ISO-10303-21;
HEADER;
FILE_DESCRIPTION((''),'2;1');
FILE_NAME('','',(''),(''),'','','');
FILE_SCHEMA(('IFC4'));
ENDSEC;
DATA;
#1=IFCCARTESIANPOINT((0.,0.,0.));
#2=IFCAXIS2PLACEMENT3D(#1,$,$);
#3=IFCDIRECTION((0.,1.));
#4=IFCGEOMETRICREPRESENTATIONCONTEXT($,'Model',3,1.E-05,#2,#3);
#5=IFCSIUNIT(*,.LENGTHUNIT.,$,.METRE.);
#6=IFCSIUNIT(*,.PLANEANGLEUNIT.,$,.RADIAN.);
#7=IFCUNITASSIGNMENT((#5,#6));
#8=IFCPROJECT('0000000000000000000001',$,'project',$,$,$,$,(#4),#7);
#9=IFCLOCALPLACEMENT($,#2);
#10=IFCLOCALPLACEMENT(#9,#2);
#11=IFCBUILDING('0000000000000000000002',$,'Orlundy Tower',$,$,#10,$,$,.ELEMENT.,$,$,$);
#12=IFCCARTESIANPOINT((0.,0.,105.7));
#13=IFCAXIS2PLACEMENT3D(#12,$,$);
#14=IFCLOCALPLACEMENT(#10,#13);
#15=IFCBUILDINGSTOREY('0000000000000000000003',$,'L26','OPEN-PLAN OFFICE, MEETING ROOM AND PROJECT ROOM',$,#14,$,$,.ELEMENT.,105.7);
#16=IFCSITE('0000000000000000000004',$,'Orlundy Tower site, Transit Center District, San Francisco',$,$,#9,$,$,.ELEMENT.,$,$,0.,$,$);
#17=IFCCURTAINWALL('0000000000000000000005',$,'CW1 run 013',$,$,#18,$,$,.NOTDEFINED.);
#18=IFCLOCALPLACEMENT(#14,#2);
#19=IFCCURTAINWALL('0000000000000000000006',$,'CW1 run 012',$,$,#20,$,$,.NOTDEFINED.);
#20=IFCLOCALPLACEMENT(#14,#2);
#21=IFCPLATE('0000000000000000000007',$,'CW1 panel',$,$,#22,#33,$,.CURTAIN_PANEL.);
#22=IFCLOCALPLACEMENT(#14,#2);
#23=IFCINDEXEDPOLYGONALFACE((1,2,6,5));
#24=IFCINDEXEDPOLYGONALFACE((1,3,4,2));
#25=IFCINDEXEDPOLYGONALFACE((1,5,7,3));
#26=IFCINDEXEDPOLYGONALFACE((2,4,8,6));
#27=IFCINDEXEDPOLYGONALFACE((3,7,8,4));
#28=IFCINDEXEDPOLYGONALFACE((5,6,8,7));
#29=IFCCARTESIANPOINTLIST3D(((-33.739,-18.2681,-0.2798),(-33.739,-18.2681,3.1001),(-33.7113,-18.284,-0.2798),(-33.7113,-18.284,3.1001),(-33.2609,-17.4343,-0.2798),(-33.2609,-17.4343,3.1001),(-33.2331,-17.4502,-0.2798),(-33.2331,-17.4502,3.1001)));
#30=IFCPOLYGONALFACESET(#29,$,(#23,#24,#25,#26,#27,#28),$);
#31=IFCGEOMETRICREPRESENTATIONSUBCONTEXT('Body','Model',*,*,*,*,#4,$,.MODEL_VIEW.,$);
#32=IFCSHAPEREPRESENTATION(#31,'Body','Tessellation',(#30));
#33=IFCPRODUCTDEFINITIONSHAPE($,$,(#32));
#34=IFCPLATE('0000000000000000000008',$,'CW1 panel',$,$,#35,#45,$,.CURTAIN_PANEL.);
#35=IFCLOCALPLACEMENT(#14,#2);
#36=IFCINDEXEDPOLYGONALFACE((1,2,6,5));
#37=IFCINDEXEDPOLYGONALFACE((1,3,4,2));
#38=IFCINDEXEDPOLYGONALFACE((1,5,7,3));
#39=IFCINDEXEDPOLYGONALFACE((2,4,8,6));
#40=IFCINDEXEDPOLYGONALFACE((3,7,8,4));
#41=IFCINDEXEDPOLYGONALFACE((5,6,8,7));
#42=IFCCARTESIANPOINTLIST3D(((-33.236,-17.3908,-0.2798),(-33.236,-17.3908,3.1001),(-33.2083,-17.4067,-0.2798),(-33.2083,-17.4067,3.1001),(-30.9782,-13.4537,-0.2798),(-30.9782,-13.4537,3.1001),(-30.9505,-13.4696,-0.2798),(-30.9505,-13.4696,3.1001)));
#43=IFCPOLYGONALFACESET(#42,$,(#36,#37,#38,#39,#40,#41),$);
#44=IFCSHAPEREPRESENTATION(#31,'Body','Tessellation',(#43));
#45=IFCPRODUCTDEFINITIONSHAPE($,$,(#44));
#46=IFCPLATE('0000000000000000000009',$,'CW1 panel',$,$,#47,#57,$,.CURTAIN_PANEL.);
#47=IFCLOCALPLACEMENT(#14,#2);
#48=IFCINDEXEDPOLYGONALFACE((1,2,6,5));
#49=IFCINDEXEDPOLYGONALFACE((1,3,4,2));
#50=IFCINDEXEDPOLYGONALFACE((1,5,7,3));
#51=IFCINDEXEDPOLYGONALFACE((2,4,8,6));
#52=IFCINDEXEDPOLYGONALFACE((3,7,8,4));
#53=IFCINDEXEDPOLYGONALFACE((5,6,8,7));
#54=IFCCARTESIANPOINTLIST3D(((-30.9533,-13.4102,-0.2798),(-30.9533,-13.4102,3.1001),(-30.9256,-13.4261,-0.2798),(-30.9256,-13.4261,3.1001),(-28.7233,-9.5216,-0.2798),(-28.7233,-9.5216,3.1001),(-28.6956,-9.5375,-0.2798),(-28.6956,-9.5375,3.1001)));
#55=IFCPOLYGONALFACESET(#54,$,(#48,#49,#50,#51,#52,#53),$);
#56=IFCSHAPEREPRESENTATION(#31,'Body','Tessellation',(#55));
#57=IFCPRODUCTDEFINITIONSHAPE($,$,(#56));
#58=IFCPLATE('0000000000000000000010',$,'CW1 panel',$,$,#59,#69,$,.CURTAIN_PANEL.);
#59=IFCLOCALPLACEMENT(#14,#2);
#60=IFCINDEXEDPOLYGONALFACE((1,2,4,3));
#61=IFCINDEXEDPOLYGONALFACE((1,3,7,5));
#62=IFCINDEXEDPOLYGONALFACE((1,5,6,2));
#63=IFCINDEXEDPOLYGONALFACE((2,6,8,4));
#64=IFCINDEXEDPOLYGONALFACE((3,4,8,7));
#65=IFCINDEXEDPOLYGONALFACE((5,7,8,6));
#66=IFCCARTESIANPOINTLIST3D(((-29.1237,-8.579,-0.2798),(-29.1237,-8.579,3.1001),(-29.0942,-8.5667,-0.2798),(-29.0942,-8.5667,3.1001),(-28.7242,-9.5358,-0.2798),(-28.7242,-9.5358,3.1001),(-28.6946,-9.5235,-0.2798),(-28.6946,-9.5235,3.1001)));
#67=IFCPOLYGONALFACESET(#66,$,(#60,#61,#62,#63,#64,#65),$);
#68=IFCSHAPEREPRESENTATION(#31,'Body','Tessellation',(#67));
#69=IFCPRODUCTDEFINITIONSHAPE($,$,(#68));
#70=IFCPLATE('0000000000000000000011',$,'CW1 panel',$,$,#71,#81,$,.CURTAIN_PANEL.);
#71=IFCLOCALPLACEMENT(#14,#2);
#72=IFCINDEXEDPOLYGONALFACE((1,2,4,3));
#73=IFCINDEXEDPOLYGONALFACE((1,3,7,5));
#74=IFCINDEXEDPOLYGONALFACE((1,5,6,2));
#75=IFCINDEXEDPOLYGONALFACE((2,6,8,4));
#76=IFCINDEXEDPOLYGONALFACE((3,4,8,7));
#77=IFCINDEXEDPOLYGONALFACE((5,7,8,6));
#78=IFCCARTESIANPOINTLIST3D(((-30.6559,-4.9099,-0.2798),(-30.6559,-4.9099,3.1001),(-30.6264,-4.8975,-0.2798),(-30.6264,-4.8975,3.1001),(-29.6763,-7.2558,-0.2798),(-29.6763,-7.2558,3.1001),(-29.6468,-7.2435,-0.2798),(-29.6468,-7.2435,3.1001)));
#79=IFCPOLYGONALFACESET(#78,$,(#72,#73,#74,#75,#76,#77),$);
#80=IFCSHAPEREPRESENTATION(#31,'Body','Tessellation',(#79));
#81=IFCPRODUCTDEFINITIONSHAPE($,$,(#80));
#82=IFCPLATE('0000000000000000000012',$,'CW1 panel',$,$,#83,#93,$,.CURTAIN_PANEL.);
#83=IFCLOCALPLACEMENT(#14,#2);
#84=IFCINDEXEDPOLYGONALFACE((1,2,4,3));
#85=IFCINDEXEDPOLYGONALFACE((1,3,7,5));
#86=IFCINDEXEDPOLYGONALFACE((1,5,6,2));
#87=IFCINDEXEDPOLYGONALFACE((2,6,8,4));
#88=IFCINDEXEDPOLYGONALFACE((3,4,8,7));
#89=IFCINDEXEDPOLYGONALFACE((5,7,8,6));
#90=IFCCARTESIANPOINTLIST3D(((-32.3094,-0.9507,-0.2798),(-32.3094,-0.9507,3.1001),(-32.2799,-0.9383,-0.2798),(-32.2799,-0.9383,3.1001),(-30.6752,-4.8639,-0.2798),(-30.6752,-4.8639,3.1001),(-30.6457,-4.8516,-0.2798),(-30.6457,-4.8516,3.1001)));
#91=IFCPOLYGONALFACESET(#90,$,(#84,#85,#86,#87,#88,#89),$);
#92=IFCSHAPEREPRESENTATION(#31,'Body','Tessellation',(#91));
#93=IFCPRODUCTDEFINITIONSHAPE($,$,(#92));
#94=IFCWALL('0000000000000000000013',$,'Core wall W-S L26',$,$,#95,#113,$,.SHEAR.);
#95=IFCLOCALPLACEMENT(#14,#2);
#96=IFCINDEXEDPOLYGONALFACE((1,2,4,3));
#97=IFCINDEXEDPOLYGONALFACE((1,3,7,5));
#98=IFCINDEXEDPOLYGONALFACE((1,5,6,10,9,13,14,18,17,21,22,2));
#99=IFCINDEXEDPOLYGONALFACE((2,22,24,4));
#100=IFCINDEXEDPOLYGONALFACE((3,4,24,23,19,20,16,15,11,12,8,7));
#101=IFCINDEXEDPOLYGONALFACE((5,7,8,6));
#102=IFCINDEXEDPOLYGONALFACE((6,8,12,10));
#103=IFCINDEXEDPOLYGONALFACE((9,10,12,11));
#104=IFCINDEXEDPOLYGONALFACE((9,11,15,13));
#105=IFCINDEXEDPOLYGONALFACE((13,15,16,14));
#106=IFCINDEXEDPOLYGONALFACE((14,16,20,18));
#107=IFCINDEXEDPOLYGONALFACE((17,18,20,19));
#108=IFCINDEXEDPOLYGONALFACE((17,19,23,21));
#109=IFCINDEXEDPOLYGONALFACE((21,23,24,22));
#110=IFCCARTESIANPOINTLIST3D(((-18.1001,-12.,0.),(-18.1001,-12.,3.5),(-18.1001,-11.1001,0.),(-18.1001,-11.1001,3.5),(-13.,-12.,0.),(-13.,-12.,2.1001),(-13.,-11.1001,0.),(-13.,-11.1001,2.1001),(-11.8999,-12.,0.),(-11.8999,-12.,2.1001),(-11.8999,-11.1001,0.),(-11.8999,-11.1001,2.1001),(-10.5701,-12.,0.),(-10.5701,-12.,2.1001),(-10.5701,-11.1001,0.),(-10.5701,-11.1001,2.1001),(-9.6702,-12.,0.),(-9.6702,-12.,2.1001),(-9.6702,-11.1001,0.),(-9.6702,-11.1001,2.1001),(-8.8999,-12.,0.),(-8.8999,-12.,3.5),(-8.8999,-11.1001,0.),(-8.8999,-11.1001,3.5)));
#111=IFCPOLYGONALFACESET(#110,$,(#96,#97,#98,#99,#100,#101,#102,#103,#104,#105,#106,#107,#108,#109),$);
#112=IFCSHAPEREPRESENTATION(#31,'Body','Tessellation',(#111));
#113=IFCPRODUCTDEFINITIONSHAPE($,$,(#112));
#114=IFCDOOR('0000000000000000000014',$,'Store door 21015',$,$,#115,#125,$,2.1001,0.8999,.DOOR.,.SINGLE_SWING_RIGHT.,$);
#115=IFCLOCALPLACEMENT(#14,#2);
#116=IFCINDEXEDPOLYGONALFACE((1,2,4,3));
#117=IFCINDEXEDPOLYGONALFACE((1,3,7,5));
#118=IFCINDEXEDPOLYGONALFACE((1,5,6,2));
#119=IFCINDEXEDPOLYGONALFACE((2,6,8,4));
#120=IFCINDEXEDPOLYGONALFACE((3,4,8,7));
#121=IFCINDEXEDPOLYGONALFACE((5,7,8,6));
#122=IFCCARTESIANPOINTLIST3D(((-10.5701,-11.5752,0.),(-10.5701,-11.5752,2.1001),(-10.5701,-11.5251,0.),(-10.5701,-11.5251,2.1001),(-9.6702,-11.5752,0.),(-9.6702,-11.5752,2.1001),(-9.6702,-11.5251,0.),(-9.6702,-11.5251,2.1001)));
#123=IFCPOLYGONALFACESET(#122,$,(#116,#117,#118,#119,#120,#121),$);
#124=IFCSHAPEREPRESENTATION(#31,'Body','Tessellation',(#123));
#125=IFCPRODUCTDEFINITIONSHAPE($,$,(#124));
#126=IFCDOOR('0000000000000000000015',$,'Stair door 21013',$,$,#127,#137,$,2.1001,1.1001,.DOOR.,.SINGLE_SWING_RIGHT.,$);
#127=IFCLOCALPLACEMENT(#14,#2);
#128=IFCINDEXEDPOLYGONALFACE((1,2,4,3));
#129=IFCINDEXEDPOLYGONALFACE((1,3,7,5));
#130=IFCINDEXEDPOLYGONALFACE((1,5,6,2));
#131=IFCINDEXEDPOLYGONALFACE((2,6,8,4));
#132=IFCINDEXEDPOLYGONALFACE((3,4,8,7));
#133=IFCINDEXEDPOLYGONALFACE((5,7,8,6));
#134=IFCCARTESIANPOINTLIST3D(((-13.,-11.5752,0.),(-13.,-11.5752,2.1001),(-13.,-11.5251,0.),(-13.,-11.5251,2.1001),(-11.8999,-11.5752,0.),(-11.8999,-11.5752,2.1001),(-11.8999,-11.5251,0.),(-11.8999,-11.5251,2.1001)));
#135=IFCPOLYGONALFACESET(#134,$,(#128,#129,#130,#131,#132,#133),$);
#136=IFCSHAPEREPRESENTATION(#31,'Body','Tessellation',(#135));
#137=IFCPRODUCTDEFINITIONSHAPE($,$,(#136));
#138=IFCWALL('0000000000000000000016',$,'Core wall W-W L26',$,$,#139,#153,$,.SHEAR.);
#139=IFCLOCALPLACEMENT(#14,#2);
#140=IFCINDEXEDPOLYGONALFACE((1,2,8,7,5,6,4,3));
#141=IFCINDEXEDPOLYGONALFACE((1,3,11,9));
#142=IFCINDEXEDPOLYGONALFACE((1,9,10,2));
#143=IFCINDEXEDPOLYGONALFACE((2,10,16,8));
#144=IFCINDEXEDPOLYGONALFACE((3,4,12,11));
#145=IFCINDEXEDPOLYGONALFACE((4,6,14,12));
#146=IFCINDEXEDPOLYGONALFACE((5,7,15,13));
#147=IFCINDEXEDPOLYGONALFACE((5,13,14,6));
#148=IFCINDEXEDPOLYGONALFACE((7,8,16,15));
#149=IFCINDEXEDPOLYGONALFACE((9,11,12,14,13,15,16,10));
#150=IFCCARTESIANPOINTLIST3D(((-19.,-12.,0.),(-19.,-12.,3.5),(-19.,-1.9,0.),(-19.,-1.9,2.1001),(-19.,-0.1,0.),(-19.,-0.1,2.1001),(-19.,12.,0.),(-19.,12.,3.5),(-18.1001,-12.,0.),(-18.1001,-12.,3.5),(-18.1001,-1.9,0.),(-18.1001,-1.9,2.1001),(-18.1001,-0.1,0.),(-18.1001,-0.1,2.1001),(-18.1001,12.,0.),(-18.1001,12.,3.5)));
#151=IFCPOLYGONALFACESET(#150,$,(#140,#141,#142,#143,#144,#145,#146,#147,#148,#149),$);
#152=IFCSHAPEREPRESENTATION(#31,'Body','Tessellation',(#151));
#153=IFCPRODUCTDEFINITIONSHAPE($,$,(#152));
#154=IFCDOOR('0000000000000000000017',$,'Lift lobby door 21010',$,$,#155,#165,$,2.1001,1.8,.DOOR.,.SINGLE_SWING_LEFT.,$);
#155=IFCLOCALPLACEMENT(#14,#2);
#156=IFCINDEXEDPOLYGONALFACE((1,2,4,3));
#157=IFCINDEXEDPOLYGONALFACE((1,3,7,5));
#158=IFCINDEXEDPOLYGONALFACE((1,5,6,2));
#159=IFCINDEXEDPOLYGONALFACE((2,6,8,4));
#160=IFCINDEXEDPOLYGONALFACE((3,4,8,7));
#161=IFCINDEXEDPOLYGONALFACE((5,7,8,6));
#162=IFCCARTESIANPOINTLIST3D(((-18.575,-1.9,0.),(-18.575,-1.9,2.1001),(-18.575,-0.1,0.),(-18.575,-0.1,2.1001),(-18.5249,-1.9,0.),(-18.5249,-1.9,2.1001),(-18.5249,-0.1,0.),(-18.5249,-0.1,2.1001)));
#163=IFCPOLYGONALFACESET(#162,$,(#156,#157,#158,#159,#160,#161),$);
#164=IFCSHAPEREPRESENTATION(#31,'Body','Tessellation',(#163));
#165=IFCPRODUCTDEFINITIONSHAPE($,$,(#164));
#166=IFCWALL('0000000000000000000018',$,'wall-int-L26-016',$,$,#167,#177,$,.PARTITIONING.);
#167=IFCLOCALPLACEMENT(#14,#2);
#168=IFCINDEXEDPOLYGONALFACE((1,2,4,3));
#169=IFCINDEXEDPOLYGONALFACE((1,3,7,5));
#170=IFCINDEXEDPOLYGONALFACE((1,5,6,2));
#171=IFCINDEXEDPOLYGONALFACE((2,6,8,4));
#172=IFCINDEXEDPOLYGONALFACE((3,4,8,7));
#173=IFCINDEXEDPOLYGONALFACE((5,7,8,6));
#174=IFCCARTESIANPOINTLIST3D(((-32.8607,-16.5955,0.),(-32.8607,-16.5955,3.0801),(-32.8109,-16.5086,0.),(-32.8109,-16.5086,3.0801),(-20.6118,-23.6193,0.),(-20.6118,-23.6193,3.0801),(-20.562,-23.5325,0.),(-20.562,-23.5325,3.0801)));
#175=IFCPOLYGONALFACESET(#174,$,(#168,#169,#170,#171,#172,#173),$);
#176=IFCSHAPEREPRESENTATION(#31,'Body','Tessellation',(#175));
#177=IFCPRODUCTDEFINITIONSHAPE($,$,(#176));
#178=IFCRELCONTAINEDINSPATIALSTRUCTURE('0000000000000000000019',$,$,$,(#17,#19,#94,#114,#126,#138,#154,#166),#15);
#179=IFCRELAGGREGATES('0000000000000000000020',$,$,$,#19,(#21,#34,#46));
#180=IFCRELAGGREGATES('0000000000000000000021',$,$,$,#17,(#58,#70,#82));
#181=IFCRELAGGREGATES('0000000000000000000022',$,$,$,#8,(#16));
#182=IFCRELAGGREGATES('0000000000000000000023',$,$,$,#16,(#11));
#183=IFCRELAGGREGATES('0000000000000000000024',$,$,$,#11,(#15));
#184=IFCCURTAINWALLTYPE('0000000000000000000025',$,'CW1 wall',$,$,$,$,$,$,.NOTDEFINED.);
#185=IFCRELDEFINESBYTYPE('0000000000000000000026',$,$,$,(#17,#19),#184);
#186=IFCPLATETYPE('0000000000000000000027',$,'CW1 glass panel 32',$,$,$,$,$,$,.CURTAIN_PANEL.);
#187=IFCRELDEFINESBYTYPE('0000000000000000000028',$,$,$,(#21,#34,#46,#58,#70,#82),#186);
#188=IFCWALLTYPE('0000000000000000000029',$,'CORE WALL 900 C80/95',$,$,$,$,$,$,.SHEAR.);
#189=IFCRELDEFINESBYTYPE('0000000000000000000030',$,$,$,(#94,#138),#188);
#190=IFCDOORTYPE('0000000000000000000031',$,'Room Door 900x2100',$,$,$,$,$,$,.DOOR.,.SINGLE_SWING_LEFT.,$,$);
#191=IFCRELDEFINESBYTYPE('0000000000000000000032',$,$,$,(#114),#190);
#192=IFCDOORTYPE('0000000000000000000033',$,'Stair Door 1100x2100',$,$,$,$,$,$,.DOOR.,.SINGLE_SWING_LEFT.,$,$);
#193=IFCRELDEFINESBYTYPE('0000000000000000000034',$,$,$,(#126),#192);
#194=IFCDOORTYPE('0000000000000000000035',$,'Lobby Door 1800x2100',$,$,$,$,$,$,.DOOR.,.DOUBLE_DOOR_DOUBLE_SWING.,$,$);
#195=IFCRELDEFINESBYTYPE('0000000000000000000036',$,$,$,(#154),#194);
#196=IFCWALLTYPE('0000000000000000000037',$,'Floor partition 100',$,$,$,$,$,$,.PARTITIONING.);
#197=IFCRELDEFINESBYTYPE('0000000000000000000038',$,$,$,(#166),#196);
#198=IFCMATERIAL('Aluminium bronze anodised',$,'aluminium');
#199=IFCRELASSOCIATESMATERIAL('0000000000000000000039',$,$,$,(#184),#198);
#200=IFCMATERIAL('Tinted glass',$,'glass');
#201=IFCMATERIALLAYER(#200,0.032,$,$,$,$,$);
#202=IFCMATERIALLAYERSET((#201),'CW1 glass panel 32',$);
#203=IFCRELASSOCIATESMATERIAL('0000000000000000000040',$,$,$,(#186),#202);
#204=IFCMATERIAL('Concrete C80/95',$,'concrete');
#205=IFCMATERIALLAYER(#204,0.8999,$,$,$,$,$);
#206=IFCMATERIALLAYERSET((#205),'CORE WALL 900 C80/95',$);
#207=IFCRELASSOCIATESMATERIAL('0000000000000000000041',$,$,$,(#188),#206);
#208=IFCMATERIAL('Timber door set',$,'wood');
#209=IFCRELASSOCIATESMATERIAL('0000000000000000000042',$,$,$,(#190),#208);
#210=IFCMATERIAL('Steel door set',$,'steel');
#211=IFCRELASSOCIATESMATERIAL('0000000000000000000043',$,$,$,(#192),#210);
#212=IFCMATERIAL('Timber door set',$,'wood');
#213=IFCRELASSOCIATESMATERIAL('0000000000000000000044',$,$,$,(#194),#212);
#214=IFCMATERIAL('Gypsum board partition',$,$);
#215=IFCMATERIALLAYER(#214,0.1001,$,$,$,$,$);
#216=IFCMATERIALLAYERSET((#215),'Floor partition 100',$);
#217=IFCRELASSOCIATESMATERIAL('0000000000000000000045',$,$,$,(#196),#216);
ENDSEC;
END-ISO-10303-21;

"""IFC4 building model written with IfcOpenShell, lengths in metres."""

from ifc_helpers import new_model, si_unit, direction, frame, frame_2d, origin, origin_2d, place, context, subcontext, project, spatial, rectangle, extrude, material, layer, layer_set, type_object, element, fill, aggregate, save


model = new_model("IFC4")

# Units and contexts
model_context = context("Model", 3, precision=1e-05, world=origin(), true_north=direction((0.0, 1.0)))
body_context = subcontext(model_context, "Body", "Model", "MODEL_VIEW")
ifc_project = project(units=[si_unit("LENGTHUNIT", "METRE"), si_unit("PLANEANGLEUNIT", "RADIAN")], contexts=[model_context])

# Site, building, storey
site_placement = place(None, origin())
site = spatial("IfcSite", under=ifc_project, at=site_placement, Name="Orlundy Tower site, Transit Center District, San Francisco", CompositionType="ELEMENT", RefElevation=0.0)
building_placement = place(site_placement, origin())
building = spatial("IfcBuilding", under=site, at=building_placement, Name="Orlundy Tower", CompositionType="ELEMENT")
storey_placement = place(building_placement, frame((0.0, 0.0, 105.7)))
storey = spatial("IfcBuildingStorey", under=building, at=storey_placement, Name="L26", Description="OPEN-PLAN OFFICE, MEETING ROOM AND PROJECT ROOM", CompositionType="ELEMENT", Elevation=105.7)

# Curtain wall
ifc_material_1 = material(Name="Aluminium bronze anodised", Category="aluminium")
curtain_wall_type = type_object("IfcCurtainWallType", Name="CW1 wall", PredefinedType="NOTDEFINED", material=ifc_material_1)
curtain_wall_1_placement = place(storey_placement, origin())
curtain_wall_1 = element("IfcCurtainWall", 1, at=curtain_wall_1_placement, inside=storey, type_object=curtain_wall_type, Name="CW1 run 013", PredefinedType="NOTDEFINED")

# Curtain wall
curtain_wall_2_placement = place(storey_placement, origin())
curtain_wall_2 = element("IfcCurtainWall", 2, at=curtain_wall_2_placement, inside=storey, type_object=curtain_wall_type, Name="CW1 run 012", PredefinedType="NOTDEFINED")

# Plates
ifc_material_2 = material(Name="Tinted glass", Category="glass")
ifc_layer_1 = layer(ifc_material_2, 0.032)
ifc_layer_set_1 = layer_set([ifc_layer_1], Name="CW1 glass panel 32")
plate_type = type_object("IfcPlateType", Name="CW1 glass panel 32", PredefinedType="CURTAIN_PANEL", material=ifc_layer_set_1)
plate_1_placement = place(storey_placement, frame((-33.4861, -17.8591, -0.2798), z_axis=(0.0, 0.0, 1.0), x_axis=(0.497468, 0.867482, 0.0)))
plate_1 = element("IfcPlate", 3, at=plate_1_placement, type_object=plate_type, Name="CW1 panel", PredefinedType="CURTAIN_PANEL", context=body_context, shape_type="SweptSolid", body=[
    extrude(rectangle(XDim=0.9612, YDim=0.032, at=origin_2d()), origin(), (0.0, 0.0, 1.0), 3.3799),
])
plate_2_placement = place(storey_placement, frame((-32.0933, -15.4302, -0.2798), z_axis=(0.0, 0.0, 1.0), x_axis=(0.497468, 0.867482, 0.0)))
plate_2 = element("IfcPlate", 4, at=plate_2_placement, type_object=plate_type, Name="CW1 panel", PredefinedType="CURTAIN_PANEL", context=body_context, shape_type="SweptSolid", body=[
    extrude(rectangle(XDim=4.5386, YDim=0.032, at=origin_2d()), origin(), (0.0, 0.0, 1.0), 3.3799),
])
plate_3_placement = place(storey_placement, frame((-29.8245, -11.4739, -0.2798), z_axis=(0.0, 0.0, 1.0), x_axis=(0.497468, 0.867482, 0.0)))
plate_3 = element("IfcPlate", 5, at=plate_3_placement, type_object=plate_type, Name="CW1 panel", PredefinedType="CURTAIN_PANEL", context=body_context, shape_type="SweptSolid", body=[
    extrude(rectangle(XDim=4.4827, YDim=0.032, at=origin_2d()), origin(), (0.0, 0.0, 1.0), 3.3799),
])
aggregate(curtain_wall_2, [plate_1, plate_2, plate_3])
plate_4_placement = place(storey_placement, frame((-28.9092, -9.0513, -0.2798), z_axis=(0.0, 0.0, 1.0), x_axis=(-0.385344, 0.922773, 0.0)))
plate_4 = element("IfcPlate", 6, at=plate_4_placement, type_object=plate_type, Name="CW1 panel", PredefinedType="CURTAIN_PANEL", context=body_context, shape_type="SweptSolid", body=[
    extrude(rectangle(XDim=1.0369, YDim=0.032, at=origin_2d()), origin(), (0.0, 0.0, 1.0), 3.3799),
])
plate_5_placement = place(storey_placement, frame((-30.1514, -6.0767, -0.2798), z_axis=(0.0, 0.0, 1.0), x_axis=(-0.385344, 0.922773, 0.0)))
plate_5 = element("IfcPlate", 7, at=plate_5_placement, type_object=plate_type, Name="CW1 panel", PredefinedType="CURTAIN_PANEL", context=body_context, shape_type="SweptSolid", body=[
    extrude(rectangle(XDim=2.5422, YDim=0.032, at=origin_2d()), origin(), (0.0, 0.0, 1.0), 3.3799),
])
plate_6_placement = place(storey_placement, frame((-31.4775, -2.9011, -0.2798), z_axis=(0.0, 0.0, 1.0), x_axis=(-0.385344, 0.922773, 0.0)))
plate_6 = element("IfcPlate", 8, at=plate_6_placement, type_object=plate_type, Name="CW1 panel", PredefinedType="CURTAIN_PANEL", context=body_context, shape_type="SweptSolid", body=[
    extrude(rectangle(XDim=4.2407, YDim=0.032, at=origin_2d()), origin(), (0.0, 0.0, 1.0), 3.3799),
])
aggregate(curtain_wall_1, [plate_4, plate_5, plate_6])

# Wall, openings, doors
ifc_material_3 = material(Name="Concrete C80/95", Category="concrete")
ifc_layer_2 = layer(ifc_material_3, 0.8999)
ifc_layer_set_2 = layer_set([ifc_layer_2], Name="CORE WALL 900 C80/95")
wall_type_1 = type_object("IfcWallType", Name="CORE WALL 900 C80/95", PredefinedType="SHEAR", material=ifc_layer_set_2)
wall_1_placement = place(storey_placement, frame((-18.1001, -11.55, 0.0), z_axis=(0.0, 0.0, 1.0), x_axis=(1.0, 0.0, 0.0)))
wall_1 = element("IfcWall", 9, at=wall_1_placement, inside=storey, type_object=wall_type_1, Name="Core wall W-S L26", PredefinedType="SHEAR", context=body_context, shape_type="SweptSolid", body=[
    extrude(rectangle(XDim=9.2002, YDim=0.8999, at=frame_2d((4.6001, 0.0))), origin(), (0.0, 0.0, 1.0), 3.5),
])
opening_1_placement = place(wall_1_placement, frame((5.1001, 0.0, 0.0)))
opening_1 = element("IfcOpeningElement", 10, at=opening_1_placement, cuts=wall_1, PredefinedType="OPENING", context=body_context, shape_type="SweptSolid", body=[
    extrude(rectangle(XDim=1.1001, YDim=2.1001, at=frame_2d((0.55, 1.05))), frame((0.0, 0.46, 0.0), z_axis=(0.0, -1.0, 0.0), x_axis=(1.0, 0.0, 0.0)), (0.0, 0.0, 1.0), 0.9199),
])
opening_2_placement = place(wall_1_placement, frame((7.53, 0.0, 0.0)))
opening_2 = element("IfcOpeningElement", 11, at=opening_2_placement, cuts=wall_1, PredefinedType="OPENING", context=body_context, shape_type="SweptSolid", body=[
    extrude(rectangle(XDim=0.8999, YDim=2.1001, at=frame_2d((0.45, 1.05))), frame((0.0, 0.46, 0.0), z_axis=(0.0, -1.0, 0.0), x_axis=(1.0, 0.0, 0.0)), (0.0, 0.0, 1.0), 0.9199),
])
ifc_material_4 = material(Name="Timber door set", Category="wood")
door_type_1 = type_object("IfcDoorType", Name="Room Door 900x2100", OperationType="SINGLE_SWING_LEFT", PredefinedType="DOOR", material=ifc_material_4)
door_1_placement = place(opening_2_placement, origin())
door_1 = element("IfcDoor", 12, at=door_1_placement, inside=storey, type_object=door_type_1, Name="Store door 21015", OperationType="SINGLE_SWING_RIGHT", OverallHeight=2.1001, OverallWidth=0.8999, PredefinedType="DOOR", context=body_context, shape_type="SweptSolid", body=[
    extrude(rectangle(XDim=0.8999, YDim=2.1001, at=frame_2d((0.45, 1.05))), frame((0.0, 0.0249, 0.0), z_axis=(0.0, -1.0, 0.0), x_axis=(1.0, 0.0, 0.0)), (0.0, 0.0, 1.0), 0.05),
])
fill(opening_2, door_1)
ifc_material_5 = material(Name="Steel door set", Category="steel")
door_type_2 = type_object("IfcDoorType", Name="Stair Door 1100x2100", OperationType="SINGLE_SWING_LEFT", PredefinedType="DOOR", material=ifc_material_5)
door_2_placement = place(opening_1_placement, origin())
door_2 = element("IfcDoor", 13, at=door_2_placement, inside=storey, type_object=door_type_2, Name="Stair door 21013", OperationType="SINGLE_SWING_RIGHT", OverallHeight=2.1001, OverallWidth=1.1001, PredefinedType="DOOR", context=body_context, shape_type="SweptSolid", body=[
    extrude(rectangle(XDim=1.1001, YDim=2.1001, at=frame_2d((0.55, 1.05))), frame((0.0, 0.0249, 0.0), z_axis=(0.0, -1.0, 0.0), x_axis=(1.0, 0.0, 0.0)), (0.0, 0.0, 1.0), 0.05),
])
fill(opening_1, door_2)

# Wall, opening, door
wall_2_placement = place(storey_placement, frame((-18.55, -12.0, 0.0), z_axis=(0.0, 0.0, 1.0), x_axis=(0.0, 1.0, 0.0)))
wall_2 = element("IfcWall", 14, at=wall_2_placement, inside=storey, type_object=wall_type_1, Name="Core wall W-W L26", PredefinedType="SHEAR", context=body_context, shape_type="SweptSolid", body=[
    extrude(rectangle(XDim=24.0, YDim=0.8999, at=frame_2d((12.0, 0.0))), origin(), (0.0, 0.0, 1.0), 3.5),
])
opening_3_placement = place(wall_2_placement, frame((10.1001, 0.0, 0.0)))
opening_3 = element("IfcOpeningElement", 15, at=opening_3_placement, cuts=wall_2, PredefinedType="OPENING", context=body_context, shape_type="SweptSolid", body=[
    extrude(rectangle(XDim=1.8, YDim=2.1001, at=frame_2d((0.8999, 1.05))), frame((0.0, 0.46, 0.0), z_axis=(0.0, -1.0, 0.0), x_axis=(1.0, 0.0, 0.0)), (0.0, 0.0, 1.0), 0.9199),
])
ifc_material_6 = material(Name="Timber door set", Category="wood")
door_type_3 = type_object("IfcDoorType", Name="Lobby Door 1800x2100", OperationType="DOUBLE_DOOR_DOUBLE_SWING", PredefinedType="DOOR", material=ifc_material_6)
door_3_placement = place(opening_3_placement, origin())
door_3 = element("IfcDoor", 16, at=door_3_placement, inside=storey, type_object=door_type_3, Name="Lift lobby door 21010", OperationType="SINGLE_SWING_LEFT", OverallHeight=2.1001, OverallWidth=1.8, PredefinedType="DOOR", context=body_context, shape_type="SweptSolid", body=[
    extrude(rectangle(XDim=1.8, YDim=2.1001, at=frame_2d((0.8999, 1.05))), frame((0.0, 0.0249, 0.0), z_axis=(0.0, -1.0, 0.0), x_axis=(1.0, 0.0, 0.0)), (0.0, 0.0, 1.0), 0.05),
])
fill(opening_3, door_3)

# Wall
ifc_material_7 = material(Name="Gypsum board partition")
ifc_layer_3 = layer(ifc_material_7, 0.1001)
ifc_layer_set_3 = layer_set([ifc_layer_3], Name="Floor partition 100")
wall_type_2 = type_object("IfcWallType", Name="Floor partition 100", PredefinedType="PARTITIONING", material=ifc_layer_set_3)
wall_3_placement = place(storey_placement, frame((-32.8359, -16.552, 0.0), z_axis=(0.0, 0.0, 1.0), x_axis=(0.867495, -0.497446, 0.0)))
element("IfcWall", 17, at=wall_3_placement, inside=storey, type_object=wall_type_2, Name="wall-int-L26-016", PredefinedType="PARTITIONING", context=body_context, shape_type="SweptSolid", body=[
    extrude(rectangle(XDim=14.1199, YDim=0.1001, at=frame_2d((7.0601, 0.0))), origin(), (0.0, 0.0, 1.0), 3.0801),
])

save(model, "model.ifc")
